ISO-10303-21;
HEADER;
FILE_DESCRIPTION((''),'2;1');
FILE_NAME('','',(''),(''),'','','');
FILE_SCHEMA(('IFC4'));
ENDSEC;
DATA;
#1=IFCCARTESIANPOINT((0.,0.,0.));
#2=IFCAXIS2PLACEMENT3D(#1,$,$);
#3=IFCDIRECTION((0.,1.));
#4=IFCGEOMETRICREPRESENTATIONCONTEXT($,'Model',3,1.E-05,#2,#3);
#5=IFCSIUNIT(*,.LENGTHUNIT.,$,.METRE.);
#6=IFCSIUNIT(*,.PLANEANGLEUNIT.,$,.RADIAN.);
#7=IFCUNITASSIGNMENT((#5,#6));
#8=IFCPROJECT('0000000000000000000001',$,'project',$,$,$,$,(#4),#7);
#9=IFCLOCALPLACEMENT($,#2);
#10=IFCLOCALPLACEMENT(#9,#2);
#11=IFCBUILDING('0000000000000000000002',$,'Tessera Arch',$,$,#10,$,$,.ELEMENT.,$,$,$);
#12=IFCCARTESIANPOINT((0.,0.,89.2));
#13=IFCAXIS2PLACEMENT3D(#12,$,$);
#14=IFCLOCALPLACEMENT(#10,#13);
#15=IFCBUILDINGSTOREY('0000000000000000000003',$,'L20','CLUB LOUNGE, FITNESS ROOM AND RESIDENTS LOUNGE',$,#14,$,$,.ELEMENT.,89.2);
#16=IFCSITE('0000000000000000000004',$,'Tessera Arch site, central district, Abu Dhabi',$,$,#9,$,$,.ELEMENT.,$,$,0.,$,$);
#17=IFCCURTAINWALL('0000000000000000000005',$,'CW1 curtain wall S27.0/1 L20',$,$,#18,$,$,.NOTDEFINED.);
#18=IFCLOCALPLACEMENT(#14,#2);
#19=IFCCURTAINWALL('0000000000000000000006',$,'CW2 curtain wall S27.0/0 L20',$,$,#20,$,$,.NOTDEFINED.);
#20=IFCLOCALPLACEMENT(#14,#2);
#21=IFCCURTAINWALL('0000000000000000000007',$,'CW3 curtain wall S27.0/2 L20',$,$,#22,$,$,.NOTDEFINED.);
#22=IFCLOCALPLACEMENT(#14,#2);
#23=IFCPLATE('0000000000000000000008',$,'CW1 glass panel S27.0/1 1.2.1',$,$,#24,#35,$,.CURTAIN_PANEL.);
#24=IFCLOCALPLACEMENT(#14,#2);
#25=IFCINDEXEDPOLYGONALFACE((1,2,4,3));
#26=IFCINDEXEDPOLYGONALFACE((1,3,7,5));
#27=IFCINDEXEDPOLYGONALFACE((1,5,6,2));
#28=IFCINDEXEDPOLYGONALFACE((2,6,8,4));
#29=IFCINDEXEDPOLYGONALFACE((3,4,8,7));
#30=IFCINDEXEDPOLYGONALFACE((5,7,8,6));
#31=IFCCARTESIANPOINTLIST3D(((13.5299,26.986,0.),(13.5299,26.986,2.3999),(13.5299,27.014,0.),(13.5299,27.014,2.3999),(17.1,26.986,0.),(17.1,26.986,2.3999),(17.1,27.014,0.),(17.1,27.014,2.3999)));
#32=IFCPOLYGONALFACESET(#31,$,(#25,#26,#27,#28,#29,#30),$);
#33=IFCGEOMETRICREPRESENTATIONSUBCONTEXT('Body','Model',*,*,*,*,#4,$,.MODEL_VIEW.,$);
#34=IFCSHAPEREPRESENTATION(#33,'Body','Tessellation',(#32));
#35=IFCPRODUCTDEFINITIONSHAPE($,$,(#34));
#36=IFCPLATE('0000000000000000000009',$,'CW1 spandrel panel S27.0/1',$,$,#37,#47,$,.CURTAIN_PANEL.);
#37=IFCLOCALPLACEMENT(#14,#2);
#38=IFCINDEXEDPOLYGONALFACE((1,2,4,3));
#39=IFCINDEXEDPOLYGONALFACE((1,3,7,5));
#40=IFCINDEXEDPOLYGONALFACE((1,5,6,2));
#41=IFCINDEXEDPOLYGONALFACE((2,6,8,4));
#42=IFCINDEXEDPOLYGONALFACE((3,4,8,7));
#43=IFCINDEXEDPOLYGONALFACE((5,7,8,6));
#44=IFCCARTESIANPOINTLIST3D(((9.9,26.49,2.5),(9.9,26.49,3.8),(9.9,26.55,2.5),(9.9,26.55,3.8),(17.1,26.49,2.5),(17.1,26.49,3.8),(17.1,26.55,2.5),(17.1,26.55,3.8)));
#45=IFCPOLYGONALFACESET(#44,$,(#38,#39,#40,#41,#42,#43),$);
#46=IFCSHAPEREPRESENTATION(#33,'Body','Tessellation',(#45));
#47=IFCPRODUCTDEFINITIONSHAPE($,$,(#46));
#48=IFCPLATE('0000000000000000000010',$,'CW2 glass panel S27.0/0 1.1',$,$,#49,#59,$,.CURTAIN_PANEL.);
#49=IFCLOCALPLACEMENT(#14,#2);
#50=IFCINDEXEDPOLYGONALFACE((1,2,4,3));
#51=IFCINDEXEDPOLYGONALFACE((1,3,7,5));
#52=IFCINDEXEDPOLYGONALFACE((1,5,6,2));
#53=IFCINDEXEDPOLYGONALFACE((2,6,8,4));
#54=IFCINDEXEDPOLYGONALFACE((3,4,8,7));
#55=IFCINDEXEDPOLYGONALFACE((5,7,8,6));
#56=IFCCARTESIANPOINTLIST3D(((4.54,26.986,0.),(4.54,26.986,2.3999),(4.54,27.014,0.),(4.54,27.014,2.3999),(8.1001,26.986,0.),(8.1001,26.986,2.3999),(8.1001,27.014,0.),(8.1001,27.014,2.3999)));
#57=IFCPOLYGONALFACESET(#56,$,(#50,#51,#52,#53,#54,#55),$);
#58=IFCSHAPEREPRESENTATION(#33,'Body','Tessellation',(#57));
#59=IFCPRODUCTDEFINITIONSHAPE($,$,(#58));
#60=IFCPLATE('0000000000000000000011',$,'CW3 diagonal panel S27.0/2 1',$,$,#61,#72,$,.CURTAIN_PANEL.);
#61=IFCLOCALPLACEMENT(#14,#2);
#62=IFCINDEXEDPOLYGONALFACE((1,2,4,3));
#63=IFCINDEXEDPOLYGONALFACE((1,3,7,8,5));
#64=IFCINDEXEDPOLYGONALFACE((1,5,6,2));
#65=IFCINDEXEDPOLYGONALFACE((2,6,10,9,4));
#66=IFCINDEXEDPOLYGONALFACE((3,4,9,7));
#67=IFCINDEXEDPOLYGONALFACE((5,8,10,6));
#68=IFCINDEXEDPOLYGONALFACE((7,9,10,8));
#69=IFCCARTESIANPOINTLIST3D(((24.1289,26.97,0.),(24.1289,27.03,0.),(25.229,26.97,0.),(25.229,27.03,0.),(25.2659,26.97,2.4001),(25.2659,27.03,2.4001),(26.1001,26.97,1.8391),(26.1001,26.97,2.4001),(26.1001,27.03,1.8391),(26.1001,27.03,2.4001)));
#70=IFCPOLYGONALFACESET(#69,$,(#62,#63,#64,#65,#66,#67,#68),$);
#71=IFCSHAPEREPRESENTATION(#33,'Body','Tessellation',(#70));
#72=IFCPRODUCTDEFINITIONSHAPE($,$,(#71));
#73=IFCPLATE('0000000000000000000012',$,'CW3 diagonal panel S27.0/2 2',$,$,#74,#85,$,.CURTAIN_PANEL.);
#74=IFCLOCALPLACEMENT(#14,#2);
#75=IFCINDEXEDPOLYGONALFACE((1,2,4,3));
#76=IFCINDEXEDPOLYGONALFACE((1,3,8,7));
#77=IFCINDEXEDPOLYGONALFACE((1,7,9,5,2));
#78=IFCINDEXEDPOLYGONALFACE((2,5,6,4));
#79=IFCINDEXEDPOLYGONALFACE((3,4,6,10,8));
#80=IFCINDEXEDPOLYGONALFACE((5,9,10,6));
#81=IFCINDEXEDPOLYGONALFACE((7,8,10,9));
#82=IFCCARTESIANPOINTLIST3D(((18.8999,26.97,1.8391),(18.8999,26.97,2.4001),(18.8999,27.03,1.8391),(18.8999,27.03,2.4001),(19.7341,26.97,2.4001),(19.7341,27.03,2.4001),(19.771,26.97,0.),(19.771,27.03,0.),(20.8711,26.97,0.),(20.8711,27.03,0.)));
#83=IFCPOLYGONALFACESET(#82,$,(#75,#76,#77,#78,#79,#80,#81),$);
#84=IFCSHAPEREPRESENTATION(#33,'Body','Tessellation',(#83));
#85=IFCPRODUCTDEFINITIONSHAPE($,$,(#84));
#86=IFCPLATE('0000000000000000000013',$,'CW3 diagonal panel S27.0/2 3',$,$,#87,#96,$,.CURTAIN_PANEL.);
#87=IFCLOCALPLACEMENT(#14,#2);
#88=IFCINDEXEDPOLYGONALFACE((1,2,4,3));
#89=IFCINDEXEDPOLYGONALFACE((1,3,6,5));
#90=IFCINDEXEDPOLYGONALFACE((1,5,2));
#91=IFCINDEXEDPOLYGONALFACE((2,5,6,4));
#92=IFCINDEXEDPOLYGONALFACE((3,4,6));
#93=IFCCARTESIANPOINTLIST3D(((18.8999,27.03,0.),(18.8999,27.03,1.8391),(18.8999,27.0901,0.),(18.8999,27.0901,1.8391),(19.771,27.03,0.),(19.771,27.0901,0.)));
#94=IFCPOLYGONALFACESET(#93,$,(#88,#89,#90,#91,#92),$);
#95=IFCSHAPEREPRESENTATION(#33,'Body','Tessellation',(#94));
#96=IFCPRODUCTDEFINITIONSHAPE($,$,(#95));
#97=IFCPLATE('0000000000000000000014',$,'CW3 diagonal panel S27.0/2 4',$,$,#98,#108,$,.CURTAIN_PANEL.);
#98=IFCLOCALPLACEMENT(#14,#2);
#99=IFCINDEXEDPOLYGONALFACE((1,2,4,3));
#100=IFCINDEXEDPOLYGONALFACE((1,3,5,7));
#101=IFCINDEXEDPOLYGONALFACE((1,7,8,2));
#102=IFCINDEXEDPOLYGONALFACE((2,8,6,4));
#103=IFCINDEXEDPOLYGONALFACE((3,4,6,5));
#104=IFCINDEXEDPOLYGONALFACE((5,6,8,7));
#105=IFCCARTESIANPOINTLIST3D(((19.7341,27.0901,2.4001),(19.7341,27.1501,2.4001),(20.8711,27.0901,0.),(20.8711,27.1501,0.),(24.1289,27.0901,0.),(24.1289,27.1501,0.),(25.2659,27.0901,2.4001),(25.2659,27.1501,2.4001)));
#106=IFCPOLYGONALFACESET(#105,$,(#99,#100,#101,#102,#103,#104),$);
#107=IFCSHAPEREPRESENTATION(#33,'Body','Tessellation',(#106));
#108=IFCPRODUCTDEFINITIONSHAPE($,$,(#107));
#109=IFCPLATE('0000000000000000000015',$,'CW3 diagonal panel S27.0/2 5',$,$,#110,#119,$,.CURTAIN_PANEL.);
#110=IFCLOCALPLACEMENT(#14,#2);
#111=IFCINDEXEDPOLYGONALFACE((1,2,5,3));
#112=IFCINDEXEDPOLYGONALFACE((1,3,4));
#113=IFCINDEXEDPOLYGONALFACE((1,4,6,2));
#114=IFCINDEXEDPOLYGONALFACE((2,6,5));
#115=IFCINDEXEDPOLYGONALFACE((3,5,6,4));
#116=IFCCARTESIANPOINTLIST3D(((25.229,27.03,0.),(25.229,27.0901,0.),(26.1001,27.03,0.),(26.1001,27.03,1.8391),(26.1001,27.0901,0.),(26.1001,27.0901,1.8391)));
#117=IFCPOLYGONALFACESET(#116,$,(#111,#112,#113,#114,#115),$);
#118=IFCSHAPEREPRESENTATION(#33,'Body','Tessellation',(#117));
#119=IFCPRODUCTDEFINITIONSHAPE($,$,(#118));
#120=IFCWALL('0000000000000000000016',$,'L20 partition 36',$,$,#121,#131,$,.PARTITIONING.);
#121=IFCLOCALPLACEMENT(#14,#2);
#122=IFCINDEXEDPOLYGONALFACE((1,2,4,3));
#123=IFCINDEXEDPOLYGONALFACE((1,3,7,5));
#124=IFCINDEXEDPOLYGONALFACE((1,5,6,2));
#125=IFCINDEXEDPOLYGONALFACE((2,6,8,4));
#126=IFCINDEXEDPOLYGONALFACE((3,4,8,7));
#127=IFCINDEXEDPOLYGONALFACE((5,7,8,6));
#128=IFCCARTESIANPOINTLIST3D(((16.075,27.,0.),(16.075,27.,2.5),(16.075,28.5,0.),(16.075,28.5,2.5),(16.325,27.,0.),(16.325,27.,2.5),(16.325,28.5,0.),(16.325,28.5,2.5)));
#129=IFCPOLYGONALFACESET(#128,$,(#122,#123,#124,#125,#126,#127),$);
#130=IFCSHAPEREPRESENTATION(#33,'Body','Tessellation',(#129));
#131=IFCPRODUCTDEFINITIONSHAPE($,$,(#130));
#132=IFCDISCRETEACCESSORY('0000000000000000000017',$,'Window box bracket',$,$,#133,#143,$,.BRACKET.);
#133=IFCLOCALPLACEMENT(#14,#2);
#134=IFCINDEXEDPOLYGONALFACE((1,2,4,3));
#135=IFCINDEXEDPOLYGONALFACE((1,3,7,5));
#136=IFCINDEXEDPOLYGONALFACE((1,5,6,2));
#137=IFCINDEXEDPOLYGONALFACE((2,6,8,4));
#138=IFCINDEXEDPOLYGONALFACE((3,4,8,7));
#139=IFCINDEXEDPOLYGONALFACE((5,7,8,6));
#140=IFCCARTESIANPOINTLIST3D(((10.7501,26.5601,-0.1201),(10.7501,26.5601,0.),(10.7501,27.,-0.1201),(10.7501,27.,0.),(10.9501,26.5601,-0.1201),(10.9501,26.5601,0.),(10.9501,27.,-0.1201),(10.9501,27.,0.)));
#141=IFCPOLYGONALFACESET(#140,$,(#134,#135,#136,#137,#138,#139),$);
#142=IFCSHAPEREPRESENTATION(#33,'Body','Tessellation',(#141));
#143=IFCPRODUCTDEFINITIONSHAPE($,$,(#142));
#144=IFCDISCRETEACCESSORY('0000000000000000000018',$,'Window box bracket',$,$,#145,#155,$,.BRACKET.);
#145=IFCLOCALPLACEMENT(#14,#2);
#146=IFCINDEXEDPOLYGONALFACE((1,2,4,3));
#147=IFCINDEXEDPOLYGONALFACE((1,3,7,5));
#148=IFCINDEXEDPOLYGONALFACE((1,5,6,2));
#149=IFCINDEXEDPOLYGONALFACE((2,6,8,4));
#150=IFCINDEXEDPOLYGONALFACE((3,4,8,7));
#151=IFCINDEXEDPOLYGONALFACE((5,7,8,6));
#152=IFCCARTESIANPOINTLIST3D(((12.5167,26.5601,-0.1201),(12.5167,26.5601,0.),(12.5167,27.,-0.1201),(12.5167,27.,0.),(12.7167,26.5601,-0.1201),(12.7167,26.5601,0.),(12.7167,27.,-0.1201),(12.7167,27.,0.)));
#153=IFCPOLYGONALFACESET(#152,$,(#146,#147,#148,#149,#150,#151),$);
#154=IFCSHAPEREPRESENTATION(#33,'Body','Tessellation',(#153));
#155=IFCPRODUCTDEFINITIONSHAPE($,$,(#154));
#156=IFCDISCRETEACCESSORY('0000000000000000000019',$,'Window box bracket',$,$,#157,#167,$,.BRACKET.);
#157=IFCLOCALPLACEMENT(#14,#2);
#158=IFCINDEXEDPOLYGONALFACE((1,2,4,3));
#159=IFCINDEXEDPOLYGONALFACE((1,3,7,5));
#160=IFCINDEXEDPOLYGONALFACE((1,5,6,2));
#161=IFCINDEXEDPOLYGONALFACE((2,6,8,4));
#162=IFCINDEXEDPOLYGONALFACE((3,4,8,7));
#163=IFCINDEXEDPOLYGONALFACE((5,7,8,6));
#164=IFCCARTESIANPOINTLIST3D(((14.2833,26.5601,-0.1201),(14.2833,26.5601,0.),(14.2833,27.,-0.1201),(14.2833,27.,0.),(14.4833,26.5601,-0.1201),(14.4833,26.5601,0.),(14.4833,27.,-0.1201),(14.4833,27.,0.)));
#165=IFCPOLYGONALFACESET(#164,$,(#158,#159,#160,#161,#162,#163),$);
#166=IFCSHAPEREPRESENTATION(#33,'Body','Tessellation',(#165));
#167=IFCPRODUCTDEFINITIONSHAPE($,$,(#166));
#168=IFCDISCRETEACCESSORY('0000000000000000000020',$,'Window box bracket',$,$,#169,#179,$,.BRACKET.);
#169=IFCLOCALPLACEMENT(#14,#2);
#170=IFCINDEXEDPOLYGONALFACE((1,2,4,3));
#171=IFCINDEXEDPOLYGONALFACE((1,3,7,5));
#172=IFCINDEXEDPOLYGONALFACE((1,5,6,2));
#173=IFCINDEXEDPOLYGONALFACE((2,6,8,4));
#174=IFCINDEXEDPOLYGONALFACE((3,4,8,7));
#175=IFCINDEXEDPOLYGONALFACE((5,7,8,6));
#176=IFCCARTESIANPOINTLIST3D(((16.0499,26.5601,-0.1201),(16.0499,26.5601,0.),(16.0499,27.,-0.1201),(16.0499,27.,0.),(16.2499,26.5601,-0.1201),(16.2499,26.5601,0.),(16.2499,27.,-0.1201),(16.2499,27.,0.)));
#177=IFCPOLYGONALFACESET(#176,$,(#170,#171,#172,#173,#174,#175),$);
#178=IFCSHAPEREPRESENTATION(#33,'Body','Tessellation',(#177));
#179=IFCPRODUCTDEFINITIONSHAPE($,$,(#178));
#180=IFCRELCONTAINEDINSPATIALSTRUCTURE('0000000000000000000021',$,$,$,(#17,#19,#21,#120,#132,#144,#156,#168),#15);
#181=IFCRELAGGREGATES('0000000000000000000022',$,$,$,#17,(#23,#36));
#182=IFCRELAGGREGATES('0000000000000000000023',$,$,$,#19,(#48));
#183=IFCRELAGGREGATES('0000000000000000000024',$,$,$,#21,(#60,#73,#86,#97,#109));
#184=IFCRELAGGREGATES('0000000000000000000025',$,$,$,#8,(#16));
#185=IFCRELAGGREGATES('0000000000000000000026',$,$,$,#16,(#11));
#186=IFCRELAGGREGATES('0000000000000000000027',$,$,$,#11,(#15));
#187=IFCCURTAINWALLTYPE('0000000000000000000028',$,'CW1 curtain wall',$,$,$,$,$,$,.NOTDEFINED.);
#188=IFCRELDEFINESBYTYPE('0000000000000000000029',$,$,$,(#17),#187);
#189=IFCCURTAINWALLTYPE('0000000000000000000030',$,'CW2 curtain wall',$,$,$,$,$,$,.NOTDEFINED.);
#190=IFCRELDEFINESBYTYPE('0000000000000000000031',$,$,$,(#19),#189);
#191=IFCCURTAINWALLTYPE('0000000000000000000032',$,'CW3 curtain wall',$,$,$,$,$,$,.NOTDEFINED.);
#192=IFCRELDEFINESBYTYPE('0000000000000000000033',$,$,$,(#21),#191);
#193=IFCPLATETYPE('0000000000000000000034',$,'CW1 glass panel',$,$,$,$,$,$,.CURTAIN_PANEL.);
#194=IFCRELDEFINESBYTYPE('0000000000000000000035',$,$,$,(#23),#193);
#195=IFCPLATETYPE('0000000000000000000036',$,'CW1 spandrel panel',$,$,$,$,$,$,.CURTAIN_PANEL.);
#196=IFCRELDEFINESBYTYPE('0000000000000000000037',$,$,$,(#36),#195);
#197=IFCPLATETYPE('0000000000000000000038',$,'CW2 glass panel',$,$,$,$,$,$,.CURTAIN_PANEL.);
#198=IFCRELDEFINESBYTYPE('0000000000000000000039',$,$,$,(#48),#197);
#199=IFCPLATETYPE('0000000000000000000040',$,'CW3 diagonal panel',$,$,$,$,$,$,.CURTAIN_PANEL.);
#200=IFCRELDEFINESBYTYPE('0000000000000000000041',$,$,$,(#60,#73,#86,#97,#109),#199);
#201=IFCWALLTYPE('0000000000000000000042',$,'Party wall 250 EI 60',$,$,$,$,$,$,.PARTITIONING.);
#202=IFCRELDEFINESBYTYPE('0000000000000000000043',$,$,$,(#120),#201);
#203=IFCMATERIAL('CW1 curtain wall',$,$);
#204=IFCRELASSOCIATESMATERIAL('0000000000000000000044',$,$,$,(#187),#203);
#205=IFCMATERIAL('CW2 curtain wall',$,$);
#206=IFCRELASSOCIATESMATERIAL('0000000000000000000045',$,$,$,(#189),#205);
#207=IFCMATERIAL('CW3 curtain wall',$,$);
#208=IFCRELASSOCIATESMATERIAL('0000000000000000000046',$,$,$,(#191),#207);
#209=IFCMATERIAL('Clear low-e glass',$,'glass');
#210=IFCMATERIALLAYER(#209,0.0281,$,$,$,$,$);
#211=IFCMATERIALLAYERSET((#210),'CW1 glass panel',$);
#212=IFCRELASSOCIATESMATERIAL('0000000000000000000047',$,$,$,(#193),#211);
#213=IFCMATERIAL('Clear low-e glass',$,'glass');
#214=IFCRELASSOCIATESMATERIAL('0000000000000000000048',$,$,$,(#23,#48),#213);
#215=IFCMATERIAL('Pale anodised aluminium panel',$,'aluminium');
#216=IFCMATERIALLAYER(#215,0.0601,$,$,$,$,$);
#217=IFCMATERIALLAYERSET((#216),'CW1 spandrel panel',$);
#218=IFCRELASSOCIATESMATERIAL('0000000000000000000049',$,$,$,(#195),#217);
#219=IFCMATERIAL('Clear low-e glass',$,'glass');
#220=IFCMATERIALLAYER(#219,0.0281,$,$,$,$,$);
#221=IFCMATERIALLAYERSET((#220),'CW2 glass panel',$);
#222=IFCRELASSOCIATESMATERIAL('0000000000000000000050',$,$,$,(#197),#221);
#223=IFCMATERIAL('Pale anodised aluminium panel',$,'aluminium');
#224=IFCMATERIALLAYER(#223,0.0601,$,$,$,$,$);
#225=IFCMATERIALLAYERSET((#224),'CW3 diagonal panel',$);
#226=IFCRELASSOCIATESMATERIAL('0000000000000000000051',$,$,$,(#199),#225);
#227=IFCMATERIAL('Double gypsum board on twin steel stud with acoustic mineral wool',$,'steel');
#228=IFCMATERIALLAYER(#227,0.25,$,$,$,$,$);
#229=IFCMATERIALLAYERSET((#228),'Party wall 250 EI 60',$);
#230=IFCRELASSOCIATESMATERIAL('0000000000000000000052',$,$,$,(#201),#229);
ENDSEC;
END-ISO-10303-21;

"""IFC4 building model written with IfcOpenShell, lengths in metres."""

from ifc_helpers import new_model, si_unit, direction, frame, frame_2d, origin, origin_2d, place, context, subcontext, project, spatial, polyline, rectangle, outline, extrude, material, layer, layer_set, type_object, element, aggregate, save


model = new_model("IFC4")

# Units and contexts
model_context = context("Model", 3, precision=1e-05, world=origin(), true_north=direction((0.0, 1.0)))
body_context = subcontext(model_context, "Body", "Model", "MODEL_VIEW")
ifc_project = project(units=[si_unit("LENGTHUNIT", "METRE"), si_unit("PLANEANGLEUNIT", "RADIAN")], contexts=[model_context])

# Site, building, storey
site_placement = place(None, origin())
site = spatial("IfcSite", under=ifc_project, at=site_placement, Name="Tessera Arch site, central district, Abu Dhabi", CompositionType="ELEMENT", RefElevation=0.0)
building_placement = place(site_placement, origin())
building = spatial("IfcBuilding", under=site, at=building_placement, Name="Tessera Arch", CompositionType="ELEMENT")
storey_placement = place(building_placement, frame((0.0, 0.0, 89.2)))
storey = spatial("IfcBuildingStorey", under=building, at=storey_placement, Name="L20", Description="CLUB LOUNGE, FITNESS ROOM AND RESIDENTS LOUNGE", CompositionType="ELEMENT", Elevation=89.2)

# Curtain wall
ifc_material_1 = material(Name="CW1 curtain wall")
curtain_wall_type_1 = type_object("IfcCurtainWallType", Name="CW1 curtain wall", PredefinedType="NOTDEFINED", material=ifc_material_1)
curtain_wall_1_placement = place(storey_placement, origin())
curtain_wall_1 = element("IfcCurtainWall", 1, at=curtain_wall_1_placement, inside=storey, type_object=curtain_wall_type_1, Name="CW1 curtain wall S27.0/1 L20", PredefinedType="NOTDEFINED")

# Curtain walls
ifc_material_2 = material(Name="CW2 curtain wall")
curtain_wall_type_2 = type_object("IfcCurtainWallType", Name="CW2 curtain wall", PredefinedType="NOTDEFINED", material=ifc_material_2)
curtain_wall_2_placement = place(storey_placement, origin())
curtain_wall_2 = element("IfcCurtainWall", 2, at=curtain_wall_2_placement, inside=storey, type_object=curtain_wall_type_2, Name="CW2 curtain wall S27.0/0 L20", PredefinedType="NOTDEFINED")
ifc_material_3 = material(Name="CW3 curtain wall")
curtain_wall_type_3 = type_object("IfcCurtainWallType", Name="CW3 curtain wall", PredefinedType="NOTDEFINED", material=ifc_material_3)
curtain_wall_3_placement = place(storey_placement, origin())
curtain_wall_3 = element("IfcCurtainWall", 3, at=curtain_wall_3_placement, inside=storey, type_object=curtain_wall_type_3, Name="CW3 curtain wall S27.0/2 L20", PredefinedType="NOTDEFINED")

# Plates
ifc_material_4 = material(Name="Clear low-e glass", Category="glass")
ifc_material_5 = material(Name="Clear low-e glass", Category="glass")
ifc_layer_1 = layer(ifc_material_5, 0.0281)
ifc_layer_set_1 = layer_set([ifc_layer_1], Name="CW1 glass panel")
plate_type_1 = type_object("IfcPlateType", Name="CW1 glass panel", PredefinedType="CURTAIN_PANEL", material=ifc_layer_set_1)
plate_1_placement = place(storey_placement, frame((15.3149, 27.0, 0.0), z_axis=(0.0, 0.0, 1.0), x_axis=(1.0, 0.0, 0.0)))
plate_1 = element("IfcPlate", 4, at=plate_1_placement, type_object=plate_type_1, material=ifc_material_4, Name="CW1 glass panel S27.0/1 1.2.1", PredefinedType="CURTAIN_PANEL", context=body_context, shape_type="SweptSolid", body=[
    extrude(rectangle(XDim=3.5701, YDim=0.0281, at=origin_2d()), origin(), (0.0, 0.0, 1.0), 2.3999),
])
ifc_material_6 = material(Name="Pale anodised aluminium panel", Category="aluminium")
ifc_layer_2 = layer(ifc_material_6, 0.0601)
ifc_layer_set_2 = layer_set([ifc_layer_2], Name="CW1 spandrel panel")
plate_type_2 = type_object("IfcPlateType", Name="CW1 spandrel panel", PredefinedType="CURTAIN_PANEL", material=ifc_layer_set_2)
plate_2_placement = place(storey_placement, frame((13.5, 26.52, 2.5), z_axis=(0.0, 0.0, 1.0), x_axis=(1.0, 0.0, 0.0)))
plate_2 = element("IfcPlate", 5, at=plate_2_placement, type_object=plate_type_2, Name="CW1 spandrel panel S27.0/1", PredefinedType="CURTAIN_PANEL", context=body_context, shape_type="SweptSolid", body=[
    extrude(rectangle(XDim=7.2, YDim=0.0601, at=origin_2d()), origin(), (0.0, 0.0, 1.0), 1.3),
])
aggregate(curtain_wall_1, [plate_1, plate_2])
ifc_material_7 = material(Name="Clear low-e glass", Category="glass")
ifc_layer_3 = layer(ifc_material_7, 0.0281)
ifc_layer_set_3 = layer_set([ifc_layer_3], Name="CW2 glass panel")
plate_type_3 = type_object("IfcPlateType", Name="CW2 glass panel", PredefinedType="CURTAIN_PANEL", material=ifc_layer_set_3)
plate_3_placement = place(storey_placement, frame((6.3201, 27.0, 0.0), z_axis=(0.0, 0.0, 1.0), x_axis=(1.0, 0.0, 0.0)))
plate_3 = element("IfcPlate", 6, at=plate_3_placement, type_object=plate_type_3, material=ifc_material_4, Name="CW2 glass panel S27.0/0 1.1", PredefinedType="CURTAIN_PANEL", context=body_context, shape_type="SweptSolid", body=[
    extrude(rectangle(XDim=3.5601, YDim=0.0281, at=origin_2d()), origin(), (0.0, 0.0, 1.0), 2.3999),
])
aggregate(curtain_wall_2, [plate_3])
ifc_material_8 = material(Name="Pale anodised aluminium panel", Category="aluminium")
ifc_layer_4 = layer(ifc_material_8, 0.0601)
ifc_layer_set_4 = layer_set([ifc_layer_4], Name="CW3 diagonal panel")
plate_type_4 = type_object("IfcPlateType", Name="CW3 diagonal panel", PredefinedType="CURTAIN_PANEL", material=ifc_layer_set_4)
plate_4_placement = place(storey_placement, frame((26.1001, 26.97, 2.4001), z_axis=(0.0, -1.0, 0.0), x_axis=(-1.0, 0.0, 0.0)))
plate_4 = element("IfcPlate", 7, at=plate_4_placement, type_object=plate_type_4, Name="CW3 diagonal panel S27.0/2 1", PredefinedType="CURTAIN_PANEL", context=body_context, shape_type="SweptSolid", body=[
    extrude(outline(polyline([(0.0, 0.0), (0.8342, 0.0), (1.9712, 2.4001), (0.8711, 2.4001), (0.0, 0.561), (0.0, 0.0)])), origin(), (0.0, 0.0, -1.0), 0.0601),
])
plate_5_placement = place(storey_placement, frame((18.8999, 26.97, 2.4001), z_axis=(0.0, -1.0, 0.0), x_axis=(0.0, 0.0, -1.0)))
plate_5 = element("IfcPlate", 8, at=plate_5_placement, type_object=plate_type_4, Name="CW3 diagonal panel S27.0/2 2", PredefinedType="CURTAIN_PANEL", context=body_context, shape_type="SweptSolid", body=[
    extrude(outline(polyline([(0.0, 0.0), (0.561, 0.0), (2.4001, 0.8711), (2.4001, 1.9712), (0.0, 0.8342), (0.0, 0.0)])), origin(), (0.0, 0.0, -1.0), 0.0601),
])
plate_6_placement = place(storey_placement, frame((18.8999, 27.03, 0.0), z_axis=(0.0, -1.0, 0.0), x_axis=(1.0, 0.0, 0.0)))
plate_6 = element("IfcPlate", 9, at=plate_6_placement, type_object=plate_type_4, Name="CW3 diagonal panel S27.0/2 3", PredefinedType="CURTAIN_PANEL", context=body_context, shape_type="SweptSolid", body=[
    extrude(outline(polyline([(0.0, 0.0), (0.8711, 0.0), (0.0, 1.8391), (0.0, 0.0)])), origin(), (0.0, 0.0, -1.0), 0.0601),
])
plate_7_placement = place(storey_placement, frame((25.2659, 27.0901, 2.4001), z_axis=(0.0, -1.0, 0.0), x_axis=(-1.0, 0.0, 0.0)))
plate_7 = element("IfcPlate", 10, at=plate_7_placement, type_object=plate_type_4, Name="CW3 diagonal panel S27.0/2 4", PredefinedType="CURTAIN_PANEL", context=body_context, shape_type="SweptSolid", body=[
    extrude(outline(polyline([(0.0, 0.0), (5.5317, 0.0), (4.3948, 2.4001), (1.137, 2.4001), (0.0, 0.0)])), origin(), (0.0, 0.0, -1.0), 0.0601),
])
plate_8_placement = place(storey_placement, frame((26.1001, 27.03, 0.0), z_axis=(0.0, -1.0, 0.0), x_axis=(0.0, 0.0, 1.0)))
plate_8 = element("IfcPlate", 11, at=plate_8_placement, type_object=plate_type_4, Name="CW3 diagonal panel S27.0/2 5", PredefinedType="CURTAIN_PANEL", context=body_context, shape_type="SweptSolid", body=[
    extrude(outline(polyline([(0.0, 0.0), (1.8391, 0.0), (0.0, 0.8711), (0.0, 0.0)])), origin(), (0.0, 0.0, -1.0), 0.0601),
])
aggregate(curtain_wall_3, [plate_4, plate_5, plate_6, plate_7, plate_8])

# Wall
ifc_material_9 = material(Name="Double gypsum board on twin steel stud with acoustic mineral wool", Category="steel")
ifc_layer_5 = layer(ifc_material_9, 0.25)
ifc_layer_set_5 = layer_set([ifc_layer_5], Name="Party wall 250 EI 60")
wall_type = type_object("IfcWallType", Name="Party wall 250 EI 60", PredefinedType="PARTITIONING", material=ifc_layer_set_5)
wall_placement = place(storey_placement, frame((16.2, 27.0, 0.0), z_axis=(0.0, 0.0, 1.0), x_axis=(0.0, 1.0, 0.0)))
element("IfcWall", 12, at=wall_placement, inside=storey, type_object=wall_type, Name="L20 partition 36", PredefinedType="PARTITIONING", context=body_context, shape_type="SweptSolid", body=[
    extrude(rectangle(XDim=1.5, YDim=0.25, at=frame_2d((0.75, 0.0))), origin(), (0.0, 0.0, 1.0), 2.5),
])

# Discrete accessories
for number, where, z_axis, x_axis, name in (
    (13, (10.8501, 26.78, -0.1201), (0.0, 0.0, 1.0), (0.0, -1.0, 0.0), "Window box bracket"),
    (14, (12.6167, 26.78, -0.1201), (0.0, 0.0, 1.0), (0.0, -1.0, 0.0), "Window box bracket"),
    (15, (14.3833, 26.78, -0.1201), (0.0, 0.0, 1.0), (0.0, -1.0, 0.0), "Window box bracket"),
    (16, (16.1499, 26.78, -0.1201), (0.0, 0.0, 1.0), (0.0, -1.0, 0.0), "Window box bracket"),
):
    element("IfcDiscreteAccessory", number, at=place(storey_placement, frame(where, z_axis=z_axis, x_axis=x_axis)), inside=storey, Name=name, PredefinedType="BRACKET", context=body_context, shape_type="SweptSolid", body=[
        extrude(rectangle(XDim=0.4399, YDim=0.2, at=origin_2d()), origin(), (0.0, 0.0, 1.0), 0.1201),
    ])

save(model, "model.ifc")
